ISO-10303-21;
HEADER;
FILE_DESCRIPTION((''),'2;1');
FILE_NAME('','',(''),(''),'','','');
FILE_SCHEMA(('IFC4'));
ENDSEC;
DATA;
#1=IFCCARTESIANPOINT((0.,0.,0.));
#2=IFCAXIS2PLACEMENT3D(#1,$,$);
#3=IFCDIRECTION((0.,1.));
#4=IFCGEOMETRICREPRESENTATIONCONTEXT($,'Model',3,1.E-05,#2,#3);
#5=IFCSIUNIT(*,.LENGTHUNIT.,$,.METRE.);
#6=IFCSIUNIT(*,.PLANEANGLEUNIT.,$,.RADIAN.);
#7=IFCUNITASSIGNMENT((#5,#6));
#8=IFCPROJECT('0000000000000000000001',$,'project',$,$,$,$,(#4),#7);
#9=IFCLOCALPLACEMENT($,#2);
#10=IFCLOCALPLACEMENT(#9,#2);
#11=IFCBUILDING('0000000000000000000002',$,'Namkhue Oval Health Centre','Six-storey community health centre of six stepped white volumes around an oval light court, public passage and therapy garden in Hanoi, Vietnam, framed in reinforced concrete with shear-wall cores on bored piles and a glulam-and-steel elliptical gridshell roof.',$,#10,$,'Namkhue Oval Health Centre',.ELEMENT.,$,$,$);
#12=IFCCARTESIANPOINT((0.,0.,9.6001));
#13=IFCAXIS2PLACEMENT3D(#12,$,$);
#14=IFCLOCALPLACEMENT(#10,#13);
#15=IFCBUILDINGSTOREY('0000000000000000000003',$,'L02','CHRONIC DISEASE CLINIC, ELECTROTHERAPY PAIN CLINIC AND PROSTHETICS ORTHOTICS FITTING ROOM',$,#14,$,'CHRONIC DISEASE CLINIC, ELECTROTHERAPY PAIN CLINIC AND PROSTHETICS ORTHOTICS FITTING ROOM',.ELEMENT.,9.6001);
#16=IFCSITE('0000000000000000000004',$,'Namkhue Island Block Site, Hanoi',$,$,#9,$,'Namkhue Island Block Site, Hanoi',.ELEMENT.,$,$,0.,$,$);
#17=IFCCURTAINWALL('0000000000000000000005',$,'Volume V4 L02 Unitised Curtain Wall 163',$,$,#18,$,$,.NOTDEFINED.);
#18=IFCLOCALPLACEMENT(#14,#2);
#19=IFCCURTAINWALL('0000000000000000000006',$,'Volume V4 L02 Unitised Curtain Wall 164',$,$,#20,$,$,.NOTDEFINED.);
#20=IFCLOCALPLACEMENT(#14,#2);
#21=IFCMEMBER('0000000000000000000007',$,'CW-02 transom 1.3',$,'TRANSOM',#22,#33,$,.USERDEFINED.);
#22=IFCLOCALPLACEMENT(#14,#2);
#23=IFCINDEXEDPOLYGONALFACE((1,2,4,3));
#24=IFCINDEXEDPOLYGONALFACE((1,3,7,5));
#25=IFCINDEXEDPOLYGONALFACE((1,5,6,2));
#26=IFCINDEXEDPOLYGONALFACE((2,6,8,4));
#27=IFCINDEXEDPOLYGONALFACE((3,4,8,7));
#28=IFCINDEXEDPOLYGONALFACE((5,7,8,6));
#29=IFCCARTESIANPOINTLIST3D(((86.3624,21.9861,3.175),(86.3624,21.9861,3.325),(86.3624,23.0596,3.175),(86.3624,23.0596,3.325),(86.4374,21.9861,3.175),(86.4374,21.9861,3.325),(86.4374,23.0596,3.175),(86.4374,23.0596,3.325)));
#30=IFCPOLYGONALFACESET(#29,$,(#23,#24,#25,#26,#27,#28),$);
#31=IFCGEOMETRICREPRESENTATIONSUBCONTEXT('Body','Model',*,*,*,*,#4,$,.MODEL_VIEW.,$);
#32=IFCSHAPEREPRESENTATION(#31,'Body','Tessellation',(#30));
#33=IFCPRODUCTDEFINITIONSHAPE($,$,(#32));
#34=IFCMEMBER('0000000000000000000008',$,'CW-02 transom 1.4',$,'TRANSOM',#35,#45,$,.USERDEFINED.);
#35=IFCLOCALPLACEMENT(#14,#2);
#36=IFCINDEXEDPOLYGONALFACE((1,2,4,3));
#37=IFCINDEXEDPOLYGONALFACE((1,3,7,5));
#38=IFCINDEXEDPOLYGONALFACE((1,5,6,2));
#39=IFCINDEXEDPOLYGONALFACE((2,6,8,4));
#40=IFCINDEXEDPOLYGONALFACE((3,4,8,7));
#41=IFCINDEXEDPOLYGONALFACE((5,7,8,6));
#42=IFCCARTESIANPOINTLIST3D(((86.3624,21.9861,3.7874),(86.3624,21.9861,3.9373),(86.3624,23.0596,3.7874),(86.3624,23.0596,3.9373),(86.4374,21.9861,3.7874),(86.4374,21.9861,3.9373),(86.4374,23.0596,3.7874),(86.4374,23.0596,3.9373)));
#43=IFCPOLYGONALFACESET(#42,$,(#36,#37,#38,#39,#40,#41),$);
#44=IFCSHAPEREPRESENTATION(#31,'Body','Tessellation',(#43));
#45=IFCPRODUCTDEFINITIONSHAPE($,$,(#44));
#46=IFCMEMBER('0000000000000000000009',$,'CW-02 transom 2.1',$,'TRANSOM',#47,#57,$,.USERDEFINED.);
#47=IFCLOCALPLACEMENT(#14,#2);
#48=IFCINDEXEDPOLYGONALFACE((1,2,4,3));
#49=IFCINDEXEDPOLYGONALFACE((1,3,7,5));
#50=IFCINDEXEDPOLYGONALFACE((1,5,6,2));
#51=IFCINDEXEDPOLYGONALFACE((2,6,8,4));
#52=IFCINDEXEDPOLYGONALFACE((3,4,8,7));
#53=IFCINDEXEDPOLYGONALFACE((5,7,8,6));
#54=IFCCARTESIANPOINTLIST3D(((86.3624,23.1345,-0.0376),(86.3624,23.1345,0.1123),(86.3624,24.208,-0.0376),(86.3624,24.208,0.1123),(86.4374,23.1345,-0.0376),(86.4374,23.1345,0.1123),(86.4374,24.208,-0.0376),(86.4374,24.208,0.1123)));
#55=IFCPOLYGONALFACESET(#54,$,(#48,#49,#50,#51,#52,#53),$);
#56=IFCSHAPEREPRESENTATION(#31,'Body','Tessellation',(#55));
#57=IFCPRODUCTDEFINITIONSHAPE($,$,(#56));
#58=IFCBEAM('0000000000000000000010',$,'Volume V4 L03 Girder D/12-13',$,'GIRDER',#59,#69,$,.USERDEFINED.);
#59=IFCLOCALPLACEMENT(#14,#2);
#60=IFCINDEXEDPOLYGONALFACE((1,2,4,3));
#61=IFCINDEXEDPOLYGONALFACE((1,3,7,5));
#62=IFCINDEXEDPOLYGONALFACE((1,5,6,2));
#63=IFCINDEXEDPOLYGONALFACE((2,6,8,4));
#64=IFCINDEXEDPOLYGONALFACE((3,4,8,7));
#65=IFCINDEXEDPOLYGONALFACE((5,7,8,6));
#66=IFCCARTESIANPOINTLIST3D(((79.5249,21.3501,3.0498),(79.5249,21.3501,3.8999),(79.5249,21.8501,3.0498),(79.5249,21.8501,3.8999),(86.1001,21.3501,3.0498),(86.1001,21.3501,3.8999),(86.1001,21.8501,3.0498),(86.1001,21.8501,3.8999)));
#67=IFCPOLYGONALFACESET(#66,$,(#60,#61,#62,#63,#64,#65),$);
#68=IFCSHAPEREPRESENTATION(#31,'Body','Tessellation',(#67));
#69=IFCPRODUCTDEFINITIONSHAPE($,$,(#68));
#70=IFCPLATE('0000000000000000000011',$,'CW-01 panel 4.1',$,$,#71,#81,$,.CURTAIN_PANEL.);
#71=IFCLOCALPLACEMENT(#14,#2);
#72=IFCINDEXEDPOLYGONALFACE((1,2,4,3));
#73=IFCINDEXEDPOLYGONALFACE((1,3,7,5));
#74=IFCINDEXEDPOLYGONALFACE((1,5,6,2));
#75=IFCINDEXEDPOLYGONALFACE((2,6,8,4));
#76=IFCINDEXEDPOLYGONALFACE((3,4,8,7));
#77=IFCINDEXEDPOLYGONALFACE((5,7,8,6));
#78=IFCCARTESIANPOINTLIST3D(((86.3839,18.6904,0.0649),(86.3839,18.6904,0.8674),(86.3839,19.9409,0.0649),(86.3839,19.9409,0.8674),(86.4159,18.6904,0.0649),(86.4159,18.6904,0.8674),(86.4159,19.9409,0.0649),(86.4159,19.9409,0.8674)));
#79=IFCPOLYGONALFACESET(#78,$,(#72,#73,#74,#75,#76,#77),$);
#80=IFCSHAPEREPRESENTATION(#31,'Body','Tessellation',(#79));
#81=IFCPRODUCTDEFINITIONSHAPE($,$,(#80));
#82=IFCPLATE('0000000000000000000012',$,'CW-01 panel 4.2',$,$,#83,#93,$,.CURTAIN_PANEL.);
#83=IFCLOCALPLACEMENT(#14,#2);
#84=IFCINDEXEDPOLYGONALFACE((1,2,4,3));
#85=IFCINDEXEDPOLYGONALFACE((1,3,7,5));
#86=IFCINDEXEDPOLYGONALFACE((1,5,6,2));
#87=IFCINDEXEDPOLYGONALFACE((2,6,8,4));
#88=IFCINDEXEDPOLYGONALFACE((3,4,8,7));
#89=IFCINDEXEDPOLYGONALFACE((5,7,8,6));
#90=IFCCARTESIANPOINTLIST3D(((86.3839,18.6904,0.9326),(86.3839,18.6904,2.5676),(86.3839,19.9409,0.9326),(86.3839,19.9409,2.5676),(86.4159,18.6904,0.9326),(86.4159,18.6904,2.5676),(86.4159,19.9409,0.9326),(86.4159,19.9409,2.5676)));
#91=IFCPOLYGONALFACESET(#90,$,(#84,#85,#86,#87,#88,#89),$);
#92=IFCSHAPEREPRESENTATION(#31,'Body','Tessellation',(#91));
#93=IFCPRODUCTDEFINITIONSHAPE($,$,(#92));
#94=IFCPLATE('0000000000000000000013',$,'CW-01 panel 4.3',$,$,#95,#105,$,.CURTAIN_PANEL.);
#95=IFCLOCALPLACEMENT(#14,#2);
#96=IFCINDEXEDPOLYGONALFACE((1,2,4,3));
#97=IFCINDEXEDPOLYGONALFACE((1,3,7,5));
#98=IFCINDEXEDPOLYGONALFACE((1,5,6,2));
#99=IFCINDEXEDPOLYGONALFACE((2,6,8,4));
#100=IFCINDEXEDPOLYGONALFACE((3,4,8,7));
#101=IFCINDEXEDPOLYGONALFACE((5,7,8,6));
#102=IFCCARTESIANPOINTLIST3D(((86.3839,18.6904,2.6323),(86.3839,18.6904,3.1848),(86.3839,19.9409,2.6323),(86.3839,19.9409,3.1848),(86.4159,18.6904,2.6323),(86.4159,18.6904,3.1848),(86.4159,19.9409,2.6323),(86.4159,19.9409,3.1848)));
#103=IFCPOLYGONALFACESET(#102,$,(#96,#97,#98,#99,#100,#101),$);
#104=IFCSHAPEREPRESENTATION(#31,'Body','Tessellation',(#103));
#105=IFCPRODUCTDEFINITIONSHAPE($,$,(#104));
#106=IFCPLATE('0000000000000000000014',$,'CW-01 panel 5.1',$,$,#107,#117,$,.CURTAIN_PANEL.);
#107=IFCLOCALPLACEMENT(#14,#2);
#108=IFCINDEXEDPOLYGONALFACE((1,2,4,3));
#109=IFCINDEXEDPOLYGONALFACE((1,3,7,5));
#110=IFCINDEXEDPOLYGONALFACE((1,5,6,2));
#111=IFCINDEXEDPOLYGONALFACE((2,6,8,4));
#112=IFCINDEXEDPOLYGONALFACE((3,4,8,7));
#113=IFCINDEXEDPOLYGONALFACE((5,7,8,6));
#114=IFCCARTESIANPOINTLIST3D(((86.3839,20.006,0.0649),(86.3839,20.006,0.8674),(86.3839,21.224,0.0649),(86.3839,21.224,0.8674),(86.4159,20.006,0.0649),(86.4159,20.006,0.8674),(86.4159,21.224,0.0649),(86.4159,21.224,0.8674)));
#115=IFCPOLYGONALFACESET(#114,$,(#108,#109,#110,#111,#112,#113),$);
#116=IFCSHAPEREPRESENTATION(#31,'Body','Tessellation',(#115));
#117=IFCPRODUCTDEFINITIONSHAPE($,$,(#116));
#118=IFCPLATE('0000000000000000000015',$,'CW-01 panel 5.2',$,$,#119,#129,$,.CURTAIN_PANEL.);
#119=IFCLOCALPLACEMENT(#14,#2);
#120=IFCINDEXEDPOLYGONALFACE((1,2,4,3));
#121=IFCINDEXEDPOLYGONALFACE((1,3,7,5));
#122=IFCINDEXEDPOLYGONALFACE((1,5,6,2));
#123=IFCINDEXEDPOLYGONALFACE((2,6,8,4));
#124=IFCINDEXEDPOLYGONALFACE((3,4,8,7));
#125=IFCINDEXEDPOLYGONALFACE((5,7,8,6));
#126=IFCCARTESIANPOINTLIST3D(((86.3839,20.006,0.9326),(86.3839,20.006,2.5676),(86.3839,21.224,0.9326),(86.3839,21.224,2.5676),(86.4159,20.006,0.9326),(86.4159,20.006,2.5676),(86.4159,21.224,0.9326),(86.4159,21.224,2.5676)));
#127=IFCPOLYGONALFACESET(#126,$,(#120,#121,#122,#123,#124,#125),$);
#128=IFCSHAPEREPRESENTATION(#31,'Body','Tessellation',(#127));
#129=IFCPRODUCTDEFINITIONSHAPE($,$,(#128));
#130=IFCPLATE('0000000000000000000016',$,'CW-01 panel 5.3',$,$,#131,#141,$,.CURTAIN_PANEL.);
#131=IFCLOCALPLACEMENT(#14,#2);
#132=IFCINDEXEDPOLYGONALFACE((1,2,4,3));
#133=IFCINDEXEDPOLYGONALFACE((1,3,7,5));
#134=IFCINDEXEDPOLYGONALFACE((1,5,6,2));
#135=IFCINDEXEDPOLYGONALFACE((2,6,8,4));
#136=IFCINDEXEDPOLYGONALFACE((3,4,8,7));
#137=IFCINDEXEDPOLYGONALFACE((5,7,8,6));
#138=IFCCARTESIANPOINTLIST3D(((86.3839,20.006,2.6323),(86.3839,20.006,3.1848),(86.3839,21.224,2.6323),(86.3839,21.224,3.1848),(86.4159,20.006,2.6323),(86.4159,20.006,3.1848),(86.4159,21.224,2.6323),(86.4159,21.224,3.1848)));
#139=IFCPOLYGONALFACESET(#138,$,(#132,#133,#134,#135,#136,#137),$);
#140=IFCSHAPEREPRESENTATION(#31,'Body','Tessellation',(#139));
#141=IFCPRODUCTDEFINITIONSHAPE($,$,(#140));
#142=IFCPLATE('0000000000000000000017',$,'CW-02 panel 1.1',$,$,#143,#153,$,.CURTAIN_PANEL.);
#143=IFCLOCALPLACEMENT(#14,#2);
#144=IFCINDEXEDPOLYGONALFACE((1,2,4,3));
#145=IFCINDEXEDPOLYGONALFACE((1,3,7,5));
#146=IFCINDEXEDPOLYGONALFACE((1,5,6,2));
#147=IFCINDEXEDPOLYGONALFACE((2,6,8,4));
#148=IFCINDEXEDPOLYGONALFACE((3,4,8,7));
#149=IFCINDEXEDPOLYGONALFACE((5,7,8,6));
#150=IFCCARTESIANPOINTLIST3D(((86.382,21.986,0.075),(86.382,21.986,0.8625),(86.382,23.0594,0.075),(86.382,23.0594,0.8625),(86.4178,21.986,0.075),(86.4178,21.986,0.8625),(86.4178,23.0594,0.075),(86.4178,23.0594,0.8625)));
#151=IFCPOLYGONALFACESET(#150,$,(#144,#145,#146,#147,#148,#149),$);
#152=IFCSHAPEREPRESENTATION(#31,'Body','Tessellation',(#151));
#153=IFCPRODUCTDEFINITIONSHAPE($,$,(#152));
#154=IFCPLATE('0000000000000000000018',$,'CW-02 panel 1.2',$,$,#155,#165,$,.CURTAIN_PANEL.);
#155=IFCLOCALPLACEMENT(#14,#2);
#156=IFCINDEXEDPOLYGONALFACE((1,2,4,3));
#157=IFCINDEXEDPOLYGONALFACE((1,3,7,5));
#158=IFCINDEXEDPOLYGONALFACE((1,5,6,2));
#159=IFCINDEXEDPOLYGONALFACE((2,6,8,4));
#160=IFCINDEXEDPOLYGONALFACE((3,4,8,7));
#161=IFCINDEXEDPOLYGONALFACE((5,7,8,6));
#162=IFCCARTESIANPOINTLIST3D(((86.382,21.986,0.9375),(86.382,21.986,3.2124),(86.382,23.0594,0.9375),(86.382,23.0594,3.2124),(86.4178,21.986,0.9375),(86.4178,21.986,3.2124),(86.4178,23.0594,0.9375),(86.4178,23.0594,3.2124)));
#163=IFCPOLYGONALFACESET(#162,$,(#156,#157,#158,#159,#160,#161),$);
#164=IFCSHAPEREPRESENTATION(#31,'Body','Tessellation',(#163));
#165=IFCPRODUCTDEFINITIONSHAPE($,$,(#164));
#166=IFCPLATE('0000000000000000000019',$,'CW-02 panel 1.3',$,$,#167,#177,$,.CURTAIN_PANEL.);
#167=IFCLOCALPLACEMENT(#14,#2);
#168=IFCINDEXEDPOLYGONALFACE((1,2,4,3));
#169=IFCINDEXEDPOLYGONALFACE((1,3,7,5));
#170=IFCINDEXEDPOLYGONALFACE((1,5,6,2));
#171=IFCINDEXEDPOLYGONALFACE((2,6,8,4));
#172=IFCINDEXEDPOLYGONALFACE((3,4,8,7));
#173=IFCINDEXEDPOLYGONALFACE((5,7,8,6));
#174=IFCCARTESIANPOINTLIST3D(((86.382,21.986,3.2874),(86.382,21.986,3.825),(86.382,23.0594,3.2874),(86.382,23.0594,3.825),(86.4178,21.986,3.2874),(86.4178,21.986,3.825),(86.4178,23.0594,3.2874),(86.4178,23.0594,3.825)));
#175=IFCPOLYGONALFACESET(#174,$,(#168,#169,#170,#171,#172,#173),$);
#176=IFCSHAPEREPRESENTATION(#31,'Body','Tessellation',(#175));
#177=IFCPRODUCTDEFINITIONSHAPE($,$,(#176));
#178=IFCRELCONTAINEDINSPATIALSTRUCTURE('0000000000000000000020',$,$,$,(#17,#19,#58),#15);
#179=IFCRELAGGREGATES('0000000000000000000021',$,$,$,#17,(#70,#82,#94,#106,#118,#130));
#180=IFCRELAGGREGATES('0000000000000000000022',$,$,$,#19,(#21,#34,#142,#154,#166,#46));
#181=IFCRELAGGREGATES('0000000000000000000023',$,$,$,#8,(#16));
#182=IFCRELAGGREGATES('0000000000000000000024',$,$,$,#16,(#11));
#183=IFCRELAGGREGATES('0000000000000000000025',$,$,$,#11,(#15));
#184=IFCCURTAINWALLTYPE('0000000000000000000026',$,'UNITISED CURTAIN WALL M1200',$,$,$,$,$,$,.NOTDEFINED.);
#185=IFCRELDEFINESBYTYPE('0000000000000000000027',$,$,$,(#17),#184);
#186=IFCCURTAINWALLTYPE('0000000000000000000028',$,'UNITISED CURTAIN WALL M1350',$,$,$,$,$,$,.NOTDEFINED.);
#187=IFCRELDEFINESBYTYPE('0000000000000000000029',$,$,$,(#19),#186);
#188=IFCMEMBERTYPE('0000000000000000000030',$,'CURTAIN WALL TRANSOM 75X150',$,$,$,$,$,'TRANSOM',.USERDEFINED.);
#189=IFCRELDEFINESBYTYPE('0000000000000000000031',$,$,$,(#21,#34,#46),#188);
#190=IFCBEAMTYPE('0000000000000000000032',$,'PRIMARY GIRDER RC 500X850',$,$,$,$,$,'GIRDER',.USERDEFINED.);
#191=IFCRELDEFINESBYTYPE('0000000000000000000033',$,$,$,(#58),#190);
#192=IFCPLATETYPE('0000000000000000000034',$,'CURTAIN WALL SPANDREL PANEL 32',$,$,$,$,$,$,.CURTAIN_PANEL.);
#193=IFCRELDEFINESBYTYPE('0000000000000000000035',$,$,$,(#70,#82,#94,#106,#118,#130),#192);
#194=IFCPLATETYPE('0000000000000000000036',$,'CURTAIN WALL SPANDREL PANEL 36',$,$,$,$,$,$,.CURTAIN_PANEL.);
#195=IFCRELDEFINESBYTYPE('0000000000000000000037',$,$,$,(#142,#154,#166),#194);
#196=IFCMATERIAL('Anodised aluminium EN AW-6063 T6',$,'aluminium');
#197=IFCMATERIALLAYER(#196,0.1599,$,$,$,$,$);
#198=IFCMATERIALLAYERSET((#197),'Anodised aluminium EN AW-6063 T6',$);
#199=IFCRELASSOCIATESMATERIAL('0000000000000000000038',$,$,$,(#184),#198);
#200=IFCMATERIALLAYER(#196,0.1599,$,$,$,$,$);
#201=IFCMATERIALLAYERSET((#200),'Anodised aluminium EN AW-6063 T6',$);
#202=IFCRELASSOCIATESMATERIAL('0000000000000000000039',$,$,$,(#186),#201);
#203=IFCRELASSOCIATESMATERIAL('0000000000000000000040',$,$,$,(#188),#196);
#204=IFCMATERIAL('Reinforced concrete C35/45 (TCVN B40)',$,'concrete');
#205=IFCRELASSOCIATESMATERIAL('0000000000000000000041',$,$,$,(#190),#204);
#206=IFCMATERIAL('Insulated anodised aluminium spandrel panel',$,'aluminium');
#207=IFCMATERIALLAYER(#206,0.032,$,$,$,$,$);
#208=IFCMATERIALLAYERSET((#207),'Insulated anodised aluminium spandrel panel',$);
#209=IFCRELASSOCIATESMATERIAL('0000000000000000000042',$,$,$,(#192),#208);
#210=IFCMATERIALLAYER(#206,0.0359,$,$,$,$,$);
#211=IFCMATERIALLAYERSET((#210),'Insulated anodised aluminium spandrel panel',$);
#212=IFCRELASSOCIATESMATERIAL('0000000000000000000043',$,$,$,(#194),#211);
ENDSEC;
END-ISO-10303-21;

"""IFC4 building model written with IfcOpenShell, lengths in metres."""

from ifc_helpers import new_model, si_unit, direction, frame, origin, origin_2d, place, context, subcontext, project, spatial, rectangle, extrude, material, layer, layer_set, material_profile, profile_set, type_object, element, aggregate, save


model = new_model("IFC4")

# Units and contexts
model_context = context("Model", 3, precision=1e-05, world=origin(), true_north=direction((0.0, 1.0)))
body_context = subcontext(model_context, "Body", "Model", "MODEL_VIEW")
ifc_project = project(units=[si_unit("LENGTHUNIT", "METRE"), si_unit("PLANEANGLEUNIT", "RADIAN")], contexts=[model_context])

# Site, building, storey
site_placement = place(None, origin())
site = spatial("IfcSite", under=ifc_project, at=site_placement, Name="Namkhue Island Block Site, Hanoi", LongName="Namkhue Island Block Site, Hanoi", CompositionType="ELEMENT", RefElevation=0.0)
building_placement = place(site_placement, origin())
building = spatial("IfcBuilding", under=site, at=building_placement, Name="Namkhue Oval Health Centre", Description="Six-storey community health centre of six stepped white volumes around an oval light court, public passage and therapy garden in Hanoi, Vietnam, framed in reinforced concrete with shear-wall cores on bored piles and a glulam-and-steel elliptical gridshell roof.", LongName="Namkhue Oval Health Centre", CompositionType="ELEMENT")
storey_placement = place(building_placement, frame((0.0, 0.0, 9.6001)))
storey = spatial("IfcBuildingStorey", under=building, at=storey_placement, Name="L02", Description="CHRONIC DISEASE CLINIC, ELECTROTHERAPY PAIN CLINIC AND PROSTHETICS ORTHOTICS FITTING ROOM", LongName="CHRONIC DISEASE CLINIC, ELECTROTHERAPY PAIN CLINIC AND PROSTHETICS ORTHOTICS FITTING ROOM", CompositionType="ELEMENT", Elevation=9.6001)

# Shared definitions
ifc_material_1 = material(Name="Reinforced concrete C35/45 (TCVN B40)", Category="concrete")

# Curtain walls
ifc_material_2 = material(Name="Anodised aluminium EN AW-6063 T6", Category="aluminium")
ifc_layer_1 = layer(ifc_material_2, 0.1599)
ifc_layer_set_1 = layer_set([ifc_layer_1], Name="Anodised aluminium EN AW-6063 T6")
curtain_wall_type_1 = type_object("IfcCurtainWallType", Name="UNITISED CURTAIN WALL M1200", PredefinedType="NOTDEFINED", material=ifc_layer_set_1)
curtain_wall_1_placement = place(storey_placement, origin())
curtain_wall_1 = element("IfcCurtainWall", 1, at=curtain_wall_1_placement, inside=storey, type_object=curtain_wall_type_1, Name="Volume V4 L02 Unitised Curtain Wall 163", PredefinedType="NOTDEFINED")
ifc_layer_2 = layer(ifc_material_2, 0.1599)
ifc_layer_set_2 = layer_set([ifc_layer_2], Name="Anodised aluminium EN AW-6063 T6")
curtain_wall_type_2 = type_object("IfcCurtainWallType", Name="UNITISED CURTAIN WALL M1350", PredefinedType="NOTDEFINED", material=ifc_layer_set_2)
curtain_wall_2_placement = place(storey_placement, origin())
curtain_wall_2 = element("IfcCurtainWall", 2, at=curtain_wall_2_placement, inside=storey, type_object=curtain_wall_type_2, Name="Volume V4 L02 Unitised Curtain Wall 164", PredefinedType="NOTDEFINED")

# Members
ifc_material_profile_1 = material_profile(ifc_material_2, rectangle(XDim=0.075, YDim=0.1499, at=origin_2d()), Name="ALU 75x150")
ifc_profile_set_1 = profile_set([ifc_material_profile_1], Name="Anodised aluminium EN AW-6063 T6")
member_type_1 = type_object("IfcMemberType", Name="CURTAIN WALL TRANSOM 75X150", ElementType="TRANSOM", PredefinedType="USERDEFINED", material=ifc_profile_set_1)
member_1_placement = place(storey_placement, frame((86.3999, 21.9861, 3.25), z_axis=(0.0, 1.0, 0.0), x_axis=(-1.0, 0.0, 0.0)))
member_1 = element("IfcMember", 3, at=member_1_placement, type_object=member_type_1, Name="CW-02 transom 1.3", ObjectType="TRANSOM", PredefinedType="USERDEFINED", context=body_context, shape_type="SweptSolid", body=[
    extrude(rectangle(XDim=0.075, YDim=0.1499, at=origin_2d()), origin(), (0.0, 0.0, 1.0), 1.0735),
])
member_2_placement = place(storey_placement, frame((86.3999, 21.9861, 3.8623), z_axis=(0.0, 1.0, 0.0), x_axis=(-1.0, 0.0, 0.0)))
member_2 = element("IfcMember", 4, at=member_2_placement, type_object=member_type_1, Name="CW-02 transom 1.4", ObjectType="TRANSOM", PredefinedType="USERDEFINED", context=body_context, shape_type="SweptSolid", body=[
    extrude(rectangle(XDim=0.075, YDim=0.1499, at=origin_2d()), origin(), (0.0, 0.0, 1.0), 1.0735),
])
member_3_placement = place(storey_placement, frame((86.3999, 23.1345, 0.0374), z_axis=(0.0, 1.0, 0.0), x_axis=(-1.0, 0.0, 0.0)))
member_3 = element("IfcMember", 5, at=member_3_placement, type_object=member_type_1, Name="CW-02 transom 2.1", ObjectType="TRANSOM", PredefinedType="USERDEFINED", context=body_context, shape_type="SweptSolid", body=[
    extrude(rectangle(XDim=0.075, YDim=0.1499, at=origin_2d()), origin(), (0.0, 0.0, 1.0), 1.0735),
])

# Beam
ifc_material_profile_2 = material_profile(ifc_material_1, rectangle(XDim=0.5, YDim=0.8501, at=origin_2d()), Name="RC 500x850")
ifc_profile_set_2 = profile_set([ifc_material_profile_2], Name="Reinforced concrete C35/45 (TCVN B40)")
beam_type = type_object("IfcBeamType", Name="PRIMARY GIRDER RC 500X850", ElementType="GIRDER", PredefinedType="USERDEFINED", material=ifc_profile_set_2)
beam_placement = place(storey_placement, frame((79.5249, 21.6001, 3.4749), z_axis=(1.0, 0.0, 0.0), x_axis=(0.0, 1.0, 0.0)))
element("IfcBeam", 6, at=beam_placement, inside=storey, type_object=beam_type, Name="Volume V4 L03 Girder D/12-13", ObjectType="GIRDER", PredefinedType="USERDEFINED", context=body_context, shape_type="SweptSolid", body=[
    extrude(rectangle(XDim=0.5, YDim=0.8501, at=origin_2d()), origin(), (0.0, 0.0, 1.0), 6.5752),
])

# Plates
ifc_material_3 = material(Name="Insulated anodised aluminium spandrel panel", Category="aluminium")
ifc_layer_3 = layer(ifc_material_3, 0.032)
ifc_layer_set_3 = layer_set([ifc_layer_3], Name="Insulated anodised aluminium spandrel panel")
plate_type_1 = type_object("IfcPlateType", Name="CURTAIN WALL SPANDREL PANEL 32", PredefinedType="CURTAIN_PANEL", material=ifc_layer_set_3)
plate_1_placement = place(storey_placement, frame((86.3999, 19.3157, 0.0649), z_axis=(0.0, 0.0, 1.0), x_axis=(0.0, 1.0, 0.0)))
plate_1 = element("IfcPlate", 7, at=plate_1_placement, type_object=plate_type_1, Name="CW-01 panel 4.1", PredefinedType="CURTAIN_PANEL", context=body_context, shape_type="SweptSolid", body=[
    extrude(rectangle(XDim=1.2505, YDim=0.032, at=origin_2d()), origin(), (0.0, 0.0, 1.0), 0.8025),
])
plate_2_placement = place(storey_placement, frame((86.3999, 19.3157, 0.9326), z_axis=(0.0, 0.0, 1.0), x_axis=(0.0, 1.0, 0.0)))
plate_2 = element("IfcPlate", 8, at=plate_2_placement, type_object=plate_type_1, Name="CW-01 panel 4.2", PredefinedType="CURTAIN_PANEL", context=body_context, shape_type="SweptSolid", body=[
    extrude(rectangle(XDim=1.2505, YDim=0.032, at=origin_2d()), origin(), (0.0, 0.0, 1.0), 1.635),
])
plate_3_placement = place(storey_placement, frame((86.3999, 19.3157, 2.6323), z_axis=(0.0, 0.0, 1.0), x_axis=(0.0, 1.0, 0.0)))
plate_3 = element("IfcPlate", 9, at=plate_3_placement, type_object=plate_type_1, Name="CW-01 panel 4.3", PredefinedType="CURTAIN_PANEL", context=body_context, shape_type="SweptSolid", body=[
    extrude(rectangle(XDim=1.2505, YDim=0.032, at=origin_2d()), origin(), (0.0, 0.0, 1.0), 0.5525),
])
plate_4_placement = place(storey_placement, frame((86.3999, 20.615, 0.0649), z_axis=(0.0, 0.0, 1.0), x_axis=(0.0, 1.0, 0.0)))
plate_4 = element("IfcPlate", 10, at=plate_4_placement, type_object=plate_type_1, Name="CW-01 panel 5.1", PredefinedType="CURTAIN_PANEL", context=body_context, shape_type="SweptSolid", body=[
    extrude(rectangle(XDim=1.218, YDim=0.032, at=origin_2d()), origin(), (0.0, 0.0, 1.0), 0.8025),
])
plate_5_placement = place(storey_placement, frame((86.3999, 20.615, 0.9326), z_axis=(0.0, 0.0, 1.0), x_axis=(0.0, 1.0, 0.0)))
plate_5 = element("IfcPlate", 11, at=plate_5_placement, type_object=plate_type_1, Name="CW-01 panel 5.2", PredefinedType="CURTAIN_PANEL", context=body_context, shape_type="SweptSolid", body=[
    extrude(rectangle(XDim=1.218, YDim=0.032, at=origin_2d()), origin(), (0.0, 0.0, 1.0), 1.635),
])
plate_6_placement = place(storey_placement, frame((86.3999, 20.615, 2.6323), z_axis=(0.0, 0.0, 1.0), x_axis=(0.0, 1.0, 0.0)))
plate_6 = element("IfcPlate", 12, at=plate_6_placement, type_object=plate_type_1, Name="CW-01 panel 5.3", PredefinedType="CURTAIN_PANEL", context=body_context, shape_type="SweptSolid", body=[
    extrude(rectangle(XDim=1.218, YDim=0.032, at=origin_2d()), origin(), (0.0, 0.0, 1.0), 0.5525),
])
aggregate(curtain_wall_1, [plate_1, plate_2, plate_3, plate_4, plate_5, plate_6])
ifc_layer_4 = layer(ifc_material_3, 0.0359)
ifc_layer_set_4 = layer_set([ifc_layer_4], Name="Insulated anodised aluminium spandrel panel")
plate_type_2 = type_object("IfcPlateType", Name="CURTAIN WALL SPANDREL PANEL 36", PredefinedType="CURTAIN_PANEL", material=ifc_layer_set_4)
plate_7_placement = place(storey_placement, frame((86.3999, 22.5227, 0.075), z_axis=(0.0, 0.0, 1.0), x_axis=(0.0, 1.0, 0.0)))
plate_7 = element("IfcPlate", 13, at=plate_7_placement, type_object=plate_type_2, Name="CW-02 panel 1.1", PredefinedType="CURTAIN_PANEL", context=body_context, shape_type="SweptSolid", body=[
    extrude(rectangle(XDim=1.0735, YDim=0.0359, at=origin_2d()), origin(), (0.0, 0.0, 1.0), 0.7876),
])
plate_8_placement = place(storey_placement, frame((86.3999, 22.5227, 0.9375), z_axis=(0.0, 0.0, 1.0), x_axis=(0.0, 1.0, 0.0)))
plate_8 = element("IfcPlate", 14, at=plate_8_placement, type_object=plate_type_2, Name="CW-02 panel 1.2", PredefinedType="CURTAIN_PANEL", context=body_context, shape_type="SweptSolid", body=[
    extrude(rectangle(XDim=1.0735, YDim=0.0359, at=origin_2d()), origin(), (0.0, 0.0, 1.0), 2.2749),
])
plate_9_placement = place(storey_placement, frame((86.3999, 22.5227, 3.2874), z_axis=(0.0, 0.0, 1.0), x_axis=(0.0, 1.0, 0.0)))
plate_9 = element("IfcPlate", 15, at=plate_9_placement, type_object=plate_type_2, Name="CW-02 panel 1.3", PredefinedType="CURTAIN_PANEL", context=body_context, shape_type="SweptSolid", body=[
    extrude(rectangle(XDim=1.0735, YDim=0.0359, at=origin_2d()), origin(), (0.0, 0.0, 1.0), 0.5376),
])
aggregate(curtain_wall_2, [member_1, member_2, plate_7, plate_8, plate_9, member_3])

save(model, "model.ifc")
